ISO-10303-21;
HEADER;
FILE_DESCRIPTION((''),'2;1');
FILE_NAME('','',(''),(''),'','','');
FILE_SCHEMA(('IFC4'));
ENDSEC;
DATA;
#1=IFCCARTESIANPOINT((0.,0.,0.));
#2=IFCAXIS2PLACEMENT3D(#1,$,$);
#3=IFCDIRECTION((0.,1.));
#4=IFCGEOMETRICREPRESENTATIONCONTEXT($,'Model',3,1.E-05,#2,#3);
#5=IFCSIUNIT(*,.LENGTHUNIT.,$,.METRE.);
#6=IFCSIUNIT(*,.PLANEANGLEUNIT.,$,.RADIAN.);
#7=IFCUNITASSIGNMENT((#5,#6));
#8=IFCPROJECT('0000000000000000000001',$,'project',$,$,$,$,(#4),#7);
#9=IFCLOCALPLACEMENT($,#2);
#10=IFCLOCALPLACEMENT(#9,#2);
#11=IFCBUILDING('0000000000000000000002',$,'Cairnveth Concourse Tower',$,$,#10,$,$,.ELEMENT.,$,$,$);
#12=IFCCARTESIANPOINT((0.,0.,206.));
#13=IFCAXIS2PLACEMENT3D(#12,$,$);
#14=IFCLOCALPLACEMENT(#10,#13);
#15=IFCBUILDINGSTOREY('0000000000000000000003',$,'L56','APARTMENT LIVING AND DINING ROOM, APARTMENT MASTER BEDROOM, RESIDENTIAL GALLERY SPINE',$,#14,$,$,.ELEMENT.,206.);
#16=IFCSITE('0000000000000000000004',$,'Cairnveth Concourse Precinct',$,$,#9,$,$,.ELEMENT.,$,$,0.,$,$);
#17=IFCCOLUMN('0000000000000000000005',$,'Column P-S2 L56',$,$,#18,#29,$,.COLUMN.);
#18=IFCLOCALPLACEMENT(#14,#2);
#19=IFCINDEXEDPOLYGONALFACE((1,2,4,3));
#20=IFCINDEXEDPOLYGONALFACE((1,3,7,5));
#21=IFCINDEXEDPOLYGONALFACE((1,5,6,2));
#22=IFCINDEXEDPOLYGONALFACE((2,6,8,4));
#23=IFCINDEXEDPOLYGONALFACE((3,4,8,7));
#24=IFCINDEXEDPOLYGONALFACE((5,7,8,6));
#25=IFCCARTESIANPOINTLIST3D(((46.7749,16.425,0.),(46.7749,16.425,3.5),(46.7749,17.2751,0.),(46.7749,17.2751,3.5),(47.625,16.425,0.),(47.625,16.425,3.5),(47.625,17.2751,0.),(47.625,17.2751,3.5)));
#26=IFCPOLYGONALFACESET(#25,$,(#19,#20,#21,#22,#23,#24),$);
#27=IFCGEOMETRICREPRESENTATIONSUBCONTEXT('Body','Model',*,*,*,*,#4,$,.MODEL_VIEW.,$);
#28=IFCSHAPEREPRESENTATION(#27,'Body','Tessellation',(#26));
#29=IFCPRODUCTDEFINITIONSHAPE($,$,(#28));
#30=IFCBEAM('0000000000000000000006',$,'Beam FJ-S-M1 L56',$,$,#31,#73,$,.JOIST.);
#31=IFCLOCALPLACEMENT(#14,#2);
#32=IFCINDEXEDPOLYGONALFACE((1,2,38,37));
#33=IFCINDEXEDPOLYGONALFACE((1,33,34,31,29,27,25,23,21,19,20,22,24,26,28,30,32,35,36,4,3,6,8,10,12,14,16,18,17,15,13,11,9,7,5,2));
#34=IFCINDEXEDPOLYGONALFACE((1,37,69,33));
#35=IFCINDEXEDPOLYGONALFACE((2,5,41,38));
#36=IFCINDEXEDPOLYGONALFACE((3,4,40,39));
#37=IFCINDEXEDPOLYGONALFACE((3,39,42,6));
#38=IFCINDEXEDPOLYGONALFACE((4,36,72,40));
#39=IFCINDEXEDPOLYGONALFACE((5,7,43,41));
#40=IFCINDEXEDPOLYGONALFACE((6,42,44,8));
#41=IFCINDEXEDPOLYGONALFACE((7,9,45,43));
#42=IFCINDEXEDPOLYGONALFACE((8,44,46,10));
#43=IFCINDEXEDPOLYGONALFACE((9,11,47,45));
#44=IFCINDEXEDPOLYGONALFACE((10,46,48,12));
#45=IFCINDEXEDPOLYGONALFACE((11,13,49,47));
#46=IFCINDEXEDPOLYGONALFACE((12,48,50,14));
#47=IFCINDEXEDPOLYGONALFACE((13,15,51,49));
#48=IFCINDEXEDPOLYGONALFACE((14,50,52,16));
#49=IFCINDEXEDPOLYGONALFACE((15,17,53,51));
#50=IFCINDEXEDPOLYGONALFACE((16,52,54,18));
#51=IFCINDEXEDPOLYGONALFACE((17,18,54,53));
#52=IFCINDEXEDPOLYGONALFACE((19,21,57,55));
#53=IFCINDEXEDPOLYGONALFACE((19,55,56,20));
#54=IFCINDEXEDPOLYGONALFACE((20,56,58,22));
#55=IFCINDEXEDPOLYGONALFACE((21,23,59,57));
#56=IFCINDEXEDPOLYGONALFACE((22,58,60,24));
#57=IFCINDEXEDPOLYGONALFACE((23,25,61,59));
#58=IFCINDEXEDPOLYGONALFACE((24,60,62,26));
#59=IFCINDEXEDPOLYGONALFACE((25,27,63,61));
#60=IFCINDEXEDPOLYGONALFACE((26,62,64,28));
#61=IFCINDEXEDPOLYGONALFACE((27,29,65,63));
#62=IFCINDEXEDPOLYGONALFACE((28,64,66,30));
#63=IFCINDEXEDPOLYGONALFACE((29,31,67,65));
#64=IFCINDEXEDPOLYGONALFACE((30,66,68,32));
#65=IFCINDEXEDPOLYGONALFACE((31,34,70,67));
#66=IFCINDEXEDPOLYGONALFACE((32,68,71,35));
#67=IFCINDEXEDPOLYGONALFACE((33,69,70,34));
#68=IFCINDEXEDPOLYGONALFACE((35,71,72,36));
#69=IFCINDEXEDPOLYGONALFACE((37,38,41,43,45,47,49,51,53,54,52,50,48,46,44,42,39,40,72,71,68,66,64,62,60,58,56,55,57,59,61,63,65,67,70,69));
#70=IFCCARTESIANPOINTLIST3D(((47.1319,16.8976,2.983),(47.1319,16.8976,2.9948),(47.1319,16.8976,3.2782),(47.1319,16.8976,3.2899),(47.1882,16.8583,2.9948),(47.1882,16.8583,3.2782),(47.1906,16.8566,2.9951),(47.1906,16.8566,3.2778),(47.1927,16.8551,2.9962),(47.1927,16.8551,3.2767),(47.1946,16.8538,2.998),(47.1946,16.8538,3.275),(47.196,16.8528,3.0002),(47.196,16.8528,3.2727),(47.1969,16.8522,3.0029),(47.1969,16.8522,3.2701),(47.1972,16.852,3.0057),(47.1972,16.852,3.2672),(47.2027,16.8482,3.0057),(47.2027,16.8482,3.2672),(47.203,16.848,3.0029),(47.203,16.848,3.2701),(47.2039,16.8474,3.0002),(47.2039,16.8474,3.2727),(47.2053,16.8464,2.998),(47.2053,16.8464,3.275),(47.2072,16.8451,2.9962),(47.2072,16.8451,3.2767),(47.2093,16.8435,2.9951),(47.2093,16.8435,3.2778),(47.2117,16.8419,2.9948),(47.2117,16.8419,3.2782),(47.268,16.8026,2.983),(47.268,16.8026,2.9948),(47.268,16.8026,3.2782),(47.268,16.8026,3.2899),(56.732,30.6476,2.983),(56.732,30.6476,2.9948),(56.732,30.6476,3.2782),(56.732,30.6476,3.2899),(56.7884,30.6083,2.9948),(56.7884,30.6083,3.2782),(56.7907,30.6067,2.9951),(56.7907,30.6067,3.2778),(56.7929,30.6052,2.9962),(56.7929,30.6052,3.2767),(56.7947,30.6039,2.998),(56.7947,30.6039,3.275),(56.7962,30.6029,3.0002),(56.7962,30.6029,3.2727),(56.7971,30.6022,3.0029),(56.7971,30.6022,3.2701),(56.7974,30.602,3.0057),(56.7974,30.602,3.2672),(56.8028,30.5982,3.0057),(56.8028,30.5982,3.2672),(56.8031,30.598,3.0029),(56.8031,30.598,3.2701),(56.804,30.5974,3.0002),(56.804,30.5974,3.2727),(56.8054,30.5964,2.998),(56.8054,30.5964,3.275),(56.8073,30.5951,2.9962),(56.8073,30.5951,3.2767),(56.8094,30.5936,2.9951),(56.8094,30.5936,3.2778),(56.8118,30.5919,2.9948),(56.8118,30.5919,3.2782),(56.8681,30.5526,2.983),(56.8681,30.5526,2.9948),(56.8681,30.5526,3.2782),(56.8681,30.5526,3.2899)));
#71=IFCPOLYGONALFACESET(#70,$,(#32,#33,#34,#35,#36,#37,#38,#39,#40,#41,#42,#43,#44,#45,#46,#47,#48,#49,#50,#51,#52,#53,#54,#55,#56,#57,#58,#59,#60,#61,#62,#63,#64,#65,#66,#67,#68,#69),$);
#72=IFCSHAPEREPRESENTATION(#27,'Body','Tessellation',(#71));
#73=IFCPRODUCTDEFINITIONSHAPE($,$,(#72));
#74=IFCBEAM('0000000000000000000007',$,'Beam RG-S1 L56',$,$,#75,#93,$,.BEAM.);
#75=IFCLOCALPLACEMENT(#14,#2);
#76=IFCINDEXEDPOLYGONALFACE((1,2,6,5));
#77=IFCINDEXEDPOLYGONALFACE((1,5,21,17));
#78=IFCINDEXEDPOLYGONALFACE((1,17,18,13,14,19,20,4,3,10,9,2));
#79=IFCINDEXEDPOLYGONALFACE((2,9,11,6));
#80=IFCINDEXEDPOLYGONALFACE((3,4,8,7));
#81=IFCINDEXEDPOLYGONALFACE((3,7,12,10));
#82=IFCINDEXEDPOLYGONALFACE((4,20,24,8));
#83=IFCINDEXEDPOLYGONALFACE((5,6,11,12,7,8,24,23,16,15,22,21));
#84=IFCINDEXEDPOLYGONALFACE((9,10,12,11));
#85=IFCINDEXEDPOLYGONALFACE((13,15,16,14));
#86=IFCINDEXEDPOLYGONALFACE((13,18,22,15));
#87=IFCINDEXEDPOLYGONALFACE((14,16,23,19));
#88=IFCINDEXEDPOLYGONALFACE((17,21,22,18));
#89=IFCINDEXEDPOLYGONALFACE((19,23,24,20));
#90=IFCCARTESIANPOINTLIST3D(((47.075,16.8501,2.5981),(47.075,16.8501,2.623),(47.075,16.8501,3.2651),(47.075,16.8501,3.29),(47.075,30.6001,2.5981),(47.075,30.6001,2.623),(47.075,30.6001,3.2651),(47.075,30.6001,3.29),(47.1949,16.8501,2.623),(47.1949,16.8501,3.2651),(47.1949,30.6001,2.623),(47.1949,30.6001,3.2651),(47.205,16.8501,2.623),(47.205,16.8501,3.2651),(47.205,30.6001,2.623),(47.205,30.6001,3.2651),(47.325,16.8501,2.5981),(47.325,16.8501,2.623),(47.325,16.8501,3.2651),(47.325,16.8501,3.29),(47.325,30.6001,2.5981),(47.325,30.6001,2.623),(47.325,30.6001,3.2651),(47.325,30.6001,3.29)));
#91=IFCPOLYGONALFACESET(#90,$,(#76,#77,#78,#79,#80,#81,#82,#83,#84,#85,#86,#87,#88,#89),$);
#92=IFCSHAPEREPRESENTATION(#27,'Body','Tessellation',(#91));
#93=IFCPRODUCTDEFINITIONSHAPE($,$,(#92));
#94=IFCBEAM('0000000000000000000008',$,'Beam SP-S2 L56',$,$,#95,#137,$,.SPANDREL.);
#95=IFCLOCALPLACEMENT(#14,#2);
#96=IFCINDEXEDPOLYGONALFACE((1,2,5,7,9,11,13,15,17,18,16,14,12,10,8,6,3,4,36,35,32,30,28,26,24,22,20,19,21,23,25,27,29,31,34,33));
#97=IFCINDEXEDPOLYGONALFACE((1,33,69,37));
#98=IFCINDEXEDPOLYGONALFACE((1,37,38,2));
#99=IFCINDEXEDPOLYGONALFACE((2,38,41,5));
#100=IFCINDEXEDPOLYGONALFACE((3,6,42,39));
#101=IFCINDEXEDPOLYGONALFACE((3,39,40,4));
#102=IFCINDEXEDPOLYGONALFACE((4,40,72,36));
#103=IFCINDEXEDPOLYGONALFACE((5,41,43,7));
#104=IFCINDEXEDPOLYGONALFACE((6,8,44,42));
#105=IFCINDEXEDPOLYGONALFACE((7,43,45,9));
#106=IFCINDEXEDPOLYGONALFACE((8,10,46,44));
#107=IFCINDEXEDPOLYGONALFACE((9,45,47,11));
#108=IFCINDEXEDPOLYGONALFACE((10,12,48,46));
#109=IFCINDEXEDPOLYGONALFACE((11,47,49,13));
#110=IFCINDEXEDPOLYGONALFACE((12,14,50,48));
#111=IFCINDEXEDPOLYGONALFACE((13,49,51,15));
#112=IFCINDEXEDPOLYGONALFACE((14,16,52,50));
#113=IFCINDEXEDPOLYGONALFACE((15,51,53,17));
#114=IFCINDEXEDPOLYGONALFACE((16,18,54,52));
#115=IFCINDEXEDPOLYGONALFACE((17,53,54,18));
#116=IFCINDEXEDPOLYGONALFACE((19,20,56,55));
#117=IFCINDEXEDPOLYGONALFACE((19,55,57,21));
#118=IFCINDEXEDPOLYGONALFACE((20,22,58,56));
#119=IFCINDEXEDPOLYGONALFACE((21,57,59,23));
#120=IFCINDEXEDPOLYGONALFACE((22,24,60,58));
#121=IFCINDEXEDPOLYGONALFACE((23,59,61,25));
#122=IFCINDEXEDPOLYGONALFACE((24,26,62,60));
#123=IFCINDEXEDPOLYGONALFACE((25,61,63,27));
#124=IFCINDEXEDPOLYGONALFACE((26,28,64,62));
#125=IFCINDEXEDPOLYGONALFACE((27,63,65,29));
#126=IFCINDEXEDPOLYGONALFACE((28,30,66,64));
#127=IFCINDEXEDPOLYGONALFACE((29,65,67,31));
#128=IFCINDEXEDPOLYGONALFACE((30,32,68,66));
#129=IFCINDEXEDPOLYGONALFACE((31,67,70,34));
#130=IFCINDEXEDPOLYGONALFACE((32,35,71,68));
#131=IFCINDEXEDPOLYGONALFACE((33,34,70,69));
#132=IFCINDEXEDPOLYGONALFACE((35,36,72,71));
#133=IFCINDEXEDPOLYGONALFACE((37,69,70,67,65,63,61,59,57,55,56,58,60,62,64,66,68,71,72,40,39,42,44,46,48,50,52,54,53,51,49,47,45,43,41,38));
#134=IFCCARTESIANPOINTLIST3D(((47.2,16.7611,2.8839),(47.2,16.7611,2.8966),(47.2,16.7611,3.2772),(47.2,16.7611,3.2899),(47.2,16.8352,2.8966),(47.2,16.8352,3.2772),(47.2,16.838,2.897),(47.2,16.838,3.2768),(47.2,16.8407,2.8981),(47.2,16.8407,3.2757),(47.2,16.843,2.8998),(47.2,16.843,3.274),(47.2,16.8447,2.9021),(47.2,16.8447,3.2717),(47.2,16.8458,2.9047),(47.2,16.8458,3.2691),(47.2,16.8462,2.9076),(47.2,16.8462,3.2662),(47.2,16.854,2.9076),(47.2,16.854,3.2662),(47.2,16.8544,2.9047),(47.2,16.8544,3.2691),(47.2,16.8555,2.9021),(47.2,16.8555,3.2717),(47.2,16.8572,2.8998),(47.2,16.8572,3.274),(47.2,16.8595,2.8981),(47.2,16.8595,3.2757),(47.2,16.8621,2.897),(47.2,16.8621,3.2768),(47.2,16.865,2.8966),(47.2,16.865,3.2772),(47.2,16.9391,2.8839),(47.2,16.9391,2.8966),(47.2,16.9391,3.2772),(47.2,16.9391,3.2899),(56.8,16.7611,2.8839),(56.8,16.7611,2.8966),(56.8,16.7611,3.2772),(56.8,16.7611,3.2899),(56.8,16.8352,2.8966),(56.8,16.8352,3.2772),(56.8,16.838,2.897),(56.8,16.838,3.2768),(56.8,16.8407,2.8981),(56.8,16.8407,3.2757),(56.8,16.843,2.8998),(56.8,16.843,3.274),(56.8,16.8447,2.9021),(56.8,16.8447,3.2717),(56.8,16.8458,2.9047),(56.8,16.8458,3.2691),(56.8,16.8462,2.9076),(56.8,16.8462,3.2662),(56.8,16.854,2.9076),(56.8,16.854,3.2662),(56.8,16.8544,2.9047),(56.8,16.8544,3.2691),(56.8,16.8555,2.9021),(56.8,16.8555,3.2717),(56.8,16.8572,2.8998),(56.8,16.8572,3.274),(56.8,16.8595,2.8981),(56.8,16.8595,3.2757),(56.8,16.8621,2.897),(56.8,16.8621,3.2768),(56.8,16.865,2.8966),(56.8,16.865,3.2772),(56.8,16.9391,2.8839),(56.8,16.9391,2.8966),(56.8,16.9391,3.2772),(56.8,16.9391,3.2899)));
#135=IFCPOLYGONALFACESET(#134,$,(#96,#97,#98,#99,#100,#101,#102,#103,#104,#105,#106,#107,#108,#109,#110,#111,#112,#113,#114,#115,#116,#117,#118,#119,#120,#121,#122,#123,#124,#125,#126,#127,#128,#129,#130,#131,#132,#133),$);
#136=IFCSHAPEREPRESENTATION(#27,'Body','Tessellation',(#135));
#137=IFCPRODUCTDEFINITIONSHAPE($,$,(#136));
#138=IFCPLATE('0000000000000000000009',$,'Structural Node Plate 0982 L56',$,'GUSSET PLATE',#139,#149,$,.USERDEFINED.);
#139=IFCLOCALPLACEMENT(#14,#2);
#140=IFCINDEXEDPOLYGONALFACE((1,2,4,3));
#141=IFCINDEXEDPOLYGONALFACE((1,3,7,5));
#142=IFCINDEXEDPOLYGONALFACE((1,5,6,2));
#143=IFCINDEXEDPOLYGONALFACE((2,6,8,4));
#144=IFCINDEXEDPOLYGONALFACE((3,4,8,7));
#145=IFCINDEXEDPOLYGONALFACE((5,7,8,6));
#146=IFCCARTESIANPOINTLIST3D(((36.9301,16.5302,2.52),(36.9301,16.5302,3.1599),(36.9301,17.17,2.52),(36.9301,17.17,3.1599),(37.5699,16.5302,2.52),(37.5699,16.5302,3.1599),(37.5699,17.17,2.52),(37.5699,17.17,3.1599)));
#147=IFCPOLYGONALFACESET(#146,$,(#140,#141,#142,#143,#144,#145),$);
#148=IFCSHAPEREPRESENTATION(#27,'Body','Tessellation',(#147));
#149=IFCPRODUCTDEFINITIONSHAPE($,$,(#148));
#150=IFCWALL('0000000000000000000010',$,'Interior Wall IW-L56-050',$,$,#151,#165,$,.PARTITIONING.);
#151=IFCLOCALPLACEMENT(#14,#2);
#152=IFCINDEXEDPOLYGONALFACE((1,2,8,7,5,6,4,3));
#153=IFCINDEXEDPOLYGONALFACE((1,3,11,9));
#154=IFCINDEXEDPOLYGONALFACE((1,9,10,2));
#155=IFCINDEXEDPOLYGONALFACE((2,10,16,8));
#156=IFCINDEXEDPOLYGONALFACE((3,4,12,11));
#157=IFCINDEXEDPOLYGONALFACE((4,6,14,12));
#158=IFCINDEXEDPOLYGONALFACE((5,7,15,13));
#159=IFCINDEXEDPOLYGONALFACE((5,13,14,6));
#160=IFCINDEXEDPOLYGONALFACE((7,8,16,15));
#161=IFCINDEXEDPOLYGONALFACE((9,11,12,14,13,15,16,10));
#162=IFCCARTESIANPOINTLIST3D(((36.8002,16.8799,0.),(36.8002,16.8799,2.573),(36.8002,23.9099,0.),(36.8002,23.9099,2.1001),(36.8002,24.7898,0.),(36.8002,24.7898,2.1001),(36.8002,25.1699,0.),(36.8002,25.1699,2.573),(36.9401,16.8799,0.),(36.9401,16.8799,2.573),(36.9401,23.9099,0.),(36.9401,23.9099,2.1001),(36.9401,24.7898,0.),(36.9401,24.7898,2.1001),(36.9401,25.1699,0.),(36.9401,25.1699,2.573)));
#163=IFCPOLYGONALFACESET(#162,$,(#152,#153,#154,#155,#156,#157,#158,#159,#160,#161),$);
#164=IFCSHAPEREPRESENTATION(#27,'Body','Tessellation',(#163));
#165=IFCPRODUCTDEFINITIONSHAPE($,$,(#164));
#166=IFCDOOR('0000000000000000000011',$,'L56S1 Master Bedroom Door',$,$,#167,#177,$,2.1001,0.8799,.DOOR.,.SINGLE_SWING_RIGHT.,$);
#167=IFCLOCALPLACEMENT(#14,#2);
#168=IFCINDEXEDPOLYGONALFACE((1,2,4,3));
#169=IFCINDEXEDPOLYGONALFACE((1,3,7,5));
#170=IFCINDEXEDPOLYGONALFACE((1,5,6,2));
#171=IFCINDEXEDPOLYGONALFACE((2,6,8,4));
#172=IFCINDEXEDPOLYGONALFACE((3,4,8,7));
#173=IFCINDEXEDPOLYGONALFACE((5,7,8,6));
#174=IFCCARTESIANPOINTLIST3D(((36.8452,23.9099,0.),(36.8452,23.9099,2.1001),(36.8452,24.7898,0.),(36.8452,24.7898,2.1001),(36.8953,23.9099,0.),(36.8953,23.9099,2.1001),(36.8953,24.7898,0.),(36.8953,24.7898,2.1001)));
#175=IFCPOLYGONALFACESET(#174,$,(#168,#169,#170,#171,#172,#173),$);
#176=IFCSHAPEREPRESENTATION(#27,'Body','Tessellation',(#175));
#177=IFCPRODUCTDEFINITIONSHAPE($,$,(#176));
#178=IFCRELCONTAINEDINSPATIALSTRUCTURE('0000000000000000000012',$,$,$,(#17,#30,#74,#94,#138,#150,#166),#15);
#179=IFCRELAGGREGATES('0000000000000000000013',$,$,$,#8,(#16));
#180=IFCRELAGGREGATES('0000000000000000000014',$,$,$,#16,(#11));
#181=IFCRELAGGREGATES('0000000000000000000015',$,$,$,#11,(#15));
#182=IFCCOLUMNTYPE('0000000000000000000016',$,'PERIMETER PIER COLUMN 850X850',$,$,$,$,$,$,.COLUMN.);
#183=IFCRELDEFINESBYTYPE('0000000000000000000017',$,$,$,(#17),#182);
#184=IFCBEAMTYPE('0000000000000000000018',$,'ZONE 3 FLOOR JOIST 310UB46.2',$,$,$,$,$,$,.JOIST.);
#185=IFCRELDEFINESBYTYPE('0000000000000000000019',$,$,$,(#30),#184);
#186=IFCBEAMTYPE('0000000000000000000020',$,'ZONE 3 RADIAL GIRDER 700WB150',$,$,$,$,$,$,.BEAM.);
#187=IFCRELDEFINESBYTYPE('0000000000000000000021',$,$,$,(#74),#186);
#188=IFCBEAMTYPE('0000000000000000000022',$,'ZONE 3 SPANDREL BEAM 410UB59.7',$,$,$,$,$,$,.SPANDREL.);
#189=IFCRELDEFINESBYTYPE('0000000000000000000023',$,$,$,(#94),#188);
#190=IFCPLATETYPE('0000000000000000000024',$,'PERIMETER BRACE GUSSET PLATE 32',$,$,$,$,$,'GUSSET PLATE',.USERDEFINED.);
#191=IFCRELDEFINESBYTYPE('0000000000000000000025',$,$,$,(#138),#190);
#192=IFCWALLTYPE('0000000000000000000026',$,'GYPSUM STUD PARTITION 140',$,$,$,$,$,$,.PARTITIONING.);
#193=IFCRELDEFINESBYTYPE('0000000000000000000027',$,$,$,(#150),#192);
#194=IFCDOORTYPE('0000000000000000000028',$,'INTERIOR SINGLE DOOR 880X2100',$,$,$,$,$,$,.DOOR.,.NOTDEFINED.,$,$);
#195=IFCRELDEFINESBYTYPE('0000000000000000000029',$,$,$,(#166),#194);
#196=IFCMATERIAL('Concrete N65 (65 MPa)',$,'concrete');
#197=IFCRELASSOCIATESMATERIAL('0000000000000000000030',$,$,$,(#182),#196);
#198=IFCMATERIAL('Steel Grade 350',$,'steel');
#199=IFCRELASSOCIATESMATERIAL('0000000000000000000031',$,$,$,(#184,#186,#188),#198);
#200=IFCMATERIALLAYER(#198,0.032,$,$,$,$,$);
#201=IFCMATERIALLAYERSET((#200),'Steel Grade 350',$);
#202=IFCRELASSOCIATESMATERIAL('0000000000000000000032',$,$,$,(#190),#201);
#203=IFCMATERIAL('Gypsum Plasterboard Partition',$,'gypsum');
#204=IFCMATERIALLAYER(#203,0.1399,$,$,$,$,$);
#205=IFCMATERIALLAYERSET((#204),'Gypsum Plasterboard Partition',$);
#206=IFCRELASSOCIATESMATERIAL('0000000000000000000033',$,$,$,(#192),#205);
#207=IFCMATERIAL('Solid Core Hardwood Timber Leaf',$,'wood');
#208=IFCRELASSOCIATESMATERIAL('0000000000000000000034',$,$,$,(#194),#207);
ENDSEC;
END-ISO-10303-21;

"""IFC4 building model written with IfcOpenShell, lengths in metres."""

from ifc_helpers import new_model, si_unit, direction, frame, frame_2d, origin, origin_2d, place, context, subcontext, project, spatial, rectangle, i_section, extrude, material, layer, layer_set, material_profile, profile_set, type_object, element, fill, save


model = new_model("IFC4")

# Units and contexts
model_context = context("Model", 3, precision=1e-05, world=origin(), true_north=direction((0.0, 1.0)))
body_context = subcontext(model_context, "Body", "Model", "MODEL_VIEW")
ifc_project = project(units=[si_unit("LENGTHUNIT", "METRE"), si_unit("PLANEANGLEUNIT", "RADIAN")], contexts=[model_context])

# Site, building, storey
site_placement = place(None, origin())
site = spatial("IfcSite", under=ifc_project, at=site_placement, Name="Cairnveth Concourse Precinct", CompositionType="ELEMENT", RefElevation=0.0)
building_placement = place(site_placement, origin())
building = spatial("IfcBuilding", under=site, at=building_placement, Name="Cairnveth Concourse Tower", CompositionType="ELEMENT")
storey_placement = place(building_placement, frame((0.0, 0.0, 206.0)))
storey = spatial("IfcBuildingStorey", under=building, at=storey_placement, Name="L56", Description="APARTMENT LIVING AND DINING ROOM, APARTMENT MASTER BEDROOM, RESIDENTIAL GALLERY SPINE", CompositionType="ELEMENT", Elevation=206.0)

# Column
ifc_material_1 = material(Name="Concrete N65 (65 MPa)", Category="concrete")
ifc_material_profile_1 = material_profile(ifc_material_1, rectangle(XDim=0.8501, YDim=0.8501, at=origin_2d()), Name="RC-COL-850x850")
ifc_profile_set_1 = profile_set([ifc_material_profile_1], Name="Concrete N65 (65 MPa)")
column_type = type_object("IfcColumnType", Name="PERIMETER PIER COLUMN 850X850", PredefinedType="COLUMN", material=ifc_profile_set_1)
column_placement = place(storey_placement, frame((47.2, 16.8501, 0.0), z_axis=(0.0, 0.0, 1.0), x_axis=(1.0, 0.0, 0.0)))
element("IfcColumn", 1, at=column_placement, inside=storey, type_object=column_type, Name="Column P-S2 L56", PredefinedType="COLUMN", context=body_context, shape_type="SweptSolid", body=[
    extrude(rectangle(XDim=0.8501, YDim=0.8501, at=origin_2d()), origin(), (0.0, 0.0, 1.0), 3.5),
])

# Beams
ifc_material_2 = material(Name="Steel Grade 350", Category="steel")
ifc_material_profile_2 = material_profile(ifc_material_2, i_section(OverallWidth=0.166, OverallDepth=0.3069, WebThickness=0.0066, FlangeThickness=0.0117, FilletRadius=0.011, at=origin_2d()), Name="310UB46.2")
ifc_profile_set_2 = profile_set([ifc_material_profile_2], Name="Steel Grade 350")
beam_type_1 = type_object("IfcBeamType", Name="ZONE 3 FLOOR JOIST 310UB46.2", PredefinedType="JOIST", material=ifc_profile_set_2)
beam_1_placement = place(storey_placement, frame((47.2, 16.8501, 3.1365), z_axis=(0.572465, 0.819929, 0.0), x_axis=(-0.819929, 0.572465, 0.0)))
element("IfcBeam", 2, at=beam_1_placement, inside=storey, type_object=beam_type_1, Name="Beam FJ-S-M1 L56", PredefinedType="JOIST", context=body_context, shape_type="SweptSolid", body=[
    extrude(i_section(OverallWidth=0.166, OverallDepth=0.3069, WebThickness=0.0066, FlangeThickness=0.0117, FilletRadius=0.011, at=origin_2d()), origin(), (0.0, 0.0, 1.0), 16.7698),
])
ifc_material_profile_3 = material_profile(ifc_material_2, i_section(OverallWidth=0.25, OverallDepth=0.6919, WebThickness=0.01, FlangeThickness=0.0249, at=origin_2d()), Name="700WB150")
ifc_profile_set_3 = profile_set([ifc_material_profile_3], Name="Steel Grade 350")
beam_type_2 = type_object("IfcBeamType", Name="ZONE 3 RADIAL GIRDER 700WB150", PredefinedType="BEAM", material=ifc_profile_set_3)
beam_2_placement = place(storey_placement, frame((47.2, 16.8501, 2.9441), z_axis=(0.0, 1.0, 0.0), x_axis=(-1.0, 0.0, 0.0)))
element("IfcBeam", 3, at=beam_2_placement, inside=storey, type_object=beam_type_2, Name="Beam RG-S1 L56", PredefinedType="BEAM", context=body_context, shape_type="SweptSolid", body=[
    extrude(i_section(OverallWidth=0.25, OverallDepth=0.6919, WebThickness=0.01, FlangeThickness=0.0249, at=origin_2d()), origin(), (0.0, 0.0, 1.0), 13.75),
])
ifc_material_profile_4 = material_profile(ifc_material_2, i_section(OverallWidth=0.178, OverallDepth=0.406, WebThickness=0.0078, FlangeThickness=0.0127, FilletRadius=0.011, at=origin_2d()), Name="410UB59.7")
ifc_profile_set_4 = profile_set([ifc_material_profile_4], Name="Steel Grade 350")
beam_type_3 = type_object("IfcBeamType", Name="ZONE 3 SPANDREL BEAM 410UB59.7", PredefinedType="SPANDREL", material=ifc_profile_set_4)
beam_3_placement = place(storey_placement, frame((47.2, 16.8501, 3.0869), z_axis=(1.0, 0.0, 0.0), x_axis=(0.0, 1.0, 0.0)))
element("IfcBeam", 4, at=beam_3_placement, inside=storey, type_object=beam_type_3, Name="Beam SP-S2 L56", PredefinedType="SPANDREL", context=body_context, shape_type="SweptSolid", body=[
    extrude(i_section(OverallWidth=0.178, OverallDepth=0.406, WebThickness=0.0078, FlangeThickness=0.0127, FilletRadius=0.011, at=origin_2d()), origin(), (0.0, 0.0, 1.0), 9.6001),
])

# Plate
ifc_layer_1 = layer(ifc_material_2, 0.032)
ifc_layer_set_1 = layer_set([ifc_layer_1], Name="Steel Grade 350")
plate_type = type_object("IfcPlateType", Name="PERIMETER BRACE GUSSET PLATE 32", ElementType="GUSSET PLATE", PredefinedType="USERDEFINED", material=ifc_layer_set_1)
plate_placement = place(storey_placement, frame((37.25, 16.8501, 2.52), z_axis=(0.0, 0.0, 1.0), x_axis=(1.0, 0.0, 0.0)))
element("IfcPlate", 5, at=plate_placement, inside=storey, type_object=plate_type, Name="Structural Node Plate 0982 L56", ObjectType="GUSSET PLATE", PredefinedType="USERDEFINED", context=body_context, shape_type="SweptSolid", body=[
    extrude(rectangle(XDim=0.6399, YDim=0.6399, at=origin_2d()), origin(), (0.0, 0.0, 1.0), 0.6399),
])

# Wall, opening, door
ifc_material_3 = material(Name="Gypsum Plasterboard Partition", Category="gypsum")
ifc_layer_2 = layer(ifc_material_3, 0.1399)
ifc_layer_set_2 = layer_set([ifc_layer_2], Name="Gypsum Plasterboard Partition")
wall_type_1 = type_object("IfcWallType", Name="GYPSUM STUD PARTITION 140", PredefinedType="PARTITIONING", material=ifc_layer_set_2)
wall_1_placement = place(storey_placement, frame((36.8701, 16.8799, 0.0), z_axis=(0.0, 0.0, 1.0), x_axis=(0.0, 1.0, 0.0)))
wall_1 = element("IfcWall", 6, at=wall_1_placement, inside=storey, type_object=wall_type_1, Name="Interior Wall IW-L56-050", PredefinedType="PARTITIONING", context=body_context, shape_type="SweptSolid", body=[
    extrude(rectangle(XDim=8.29, YDim=0.1399, at=frame_2d((4.145, 0.0))), origin(), (0.0, 0.0, 1.0), 2.573),
])
opening_1_placement = place(wall_1_placement, frame((7.03, 0.0, 0.0)))
opening_1 = element("IfcOpeningElement", 7, at=opening_1_placement, cuts=wall_1, PredefinedType="OPENING", context=body_context, shape_type="SweptSolid", body=[
    extrude(rectangle(XDim=0.8799, YDim=2.1001, at=frame_2d((0.4399, 1.05))), frame((0.0, 0.0798, 0.0), z_axis=(0.0, -1.0, 0.0), x_axis=(1.0, 0.0, 0.0)), (0.0, 0.0, 1.0), 0.1599),
])
ifc_material_4 = material(Name="Solid Core Hardwood Timber Leaf", Category="wood")
door_type_1 = type_object("IfcDoorType", Name="INTERIOR SINGLE DOOR 880X2100", OperationType="NOTDEFINED", PredefinedType="DOOR", material=ifc_material_4)
door_1_placement = place(opening_1_placement, origin())
door_1 = element("IfcDoor", 8, at=door_1_placement, inside=storey, type_object=door_type_1, Name="L56S1 Master Bedroom Door", OperationType="SINGLE_SWING_RIGHT", OverallHeight=2.1001, OverallWidth=0.8799, PredefinedType="DOOR", context=body_context, shape_type="SweptSolid", body=[
    extrude(rectangle(XDim=0.8799, YDim=2.1001, at=frame_2d((0.4399, 1.05))), frame((0.0, 0.0249, 0.0), z_axis=(0.0, -1.0, 0.0), x_axis=(1.0, 0.0, 0.0)), (0.0, 0.0, 1.0), 0.05),
])
fill(opening_1, door_1)

save(model, "model.ifc")
